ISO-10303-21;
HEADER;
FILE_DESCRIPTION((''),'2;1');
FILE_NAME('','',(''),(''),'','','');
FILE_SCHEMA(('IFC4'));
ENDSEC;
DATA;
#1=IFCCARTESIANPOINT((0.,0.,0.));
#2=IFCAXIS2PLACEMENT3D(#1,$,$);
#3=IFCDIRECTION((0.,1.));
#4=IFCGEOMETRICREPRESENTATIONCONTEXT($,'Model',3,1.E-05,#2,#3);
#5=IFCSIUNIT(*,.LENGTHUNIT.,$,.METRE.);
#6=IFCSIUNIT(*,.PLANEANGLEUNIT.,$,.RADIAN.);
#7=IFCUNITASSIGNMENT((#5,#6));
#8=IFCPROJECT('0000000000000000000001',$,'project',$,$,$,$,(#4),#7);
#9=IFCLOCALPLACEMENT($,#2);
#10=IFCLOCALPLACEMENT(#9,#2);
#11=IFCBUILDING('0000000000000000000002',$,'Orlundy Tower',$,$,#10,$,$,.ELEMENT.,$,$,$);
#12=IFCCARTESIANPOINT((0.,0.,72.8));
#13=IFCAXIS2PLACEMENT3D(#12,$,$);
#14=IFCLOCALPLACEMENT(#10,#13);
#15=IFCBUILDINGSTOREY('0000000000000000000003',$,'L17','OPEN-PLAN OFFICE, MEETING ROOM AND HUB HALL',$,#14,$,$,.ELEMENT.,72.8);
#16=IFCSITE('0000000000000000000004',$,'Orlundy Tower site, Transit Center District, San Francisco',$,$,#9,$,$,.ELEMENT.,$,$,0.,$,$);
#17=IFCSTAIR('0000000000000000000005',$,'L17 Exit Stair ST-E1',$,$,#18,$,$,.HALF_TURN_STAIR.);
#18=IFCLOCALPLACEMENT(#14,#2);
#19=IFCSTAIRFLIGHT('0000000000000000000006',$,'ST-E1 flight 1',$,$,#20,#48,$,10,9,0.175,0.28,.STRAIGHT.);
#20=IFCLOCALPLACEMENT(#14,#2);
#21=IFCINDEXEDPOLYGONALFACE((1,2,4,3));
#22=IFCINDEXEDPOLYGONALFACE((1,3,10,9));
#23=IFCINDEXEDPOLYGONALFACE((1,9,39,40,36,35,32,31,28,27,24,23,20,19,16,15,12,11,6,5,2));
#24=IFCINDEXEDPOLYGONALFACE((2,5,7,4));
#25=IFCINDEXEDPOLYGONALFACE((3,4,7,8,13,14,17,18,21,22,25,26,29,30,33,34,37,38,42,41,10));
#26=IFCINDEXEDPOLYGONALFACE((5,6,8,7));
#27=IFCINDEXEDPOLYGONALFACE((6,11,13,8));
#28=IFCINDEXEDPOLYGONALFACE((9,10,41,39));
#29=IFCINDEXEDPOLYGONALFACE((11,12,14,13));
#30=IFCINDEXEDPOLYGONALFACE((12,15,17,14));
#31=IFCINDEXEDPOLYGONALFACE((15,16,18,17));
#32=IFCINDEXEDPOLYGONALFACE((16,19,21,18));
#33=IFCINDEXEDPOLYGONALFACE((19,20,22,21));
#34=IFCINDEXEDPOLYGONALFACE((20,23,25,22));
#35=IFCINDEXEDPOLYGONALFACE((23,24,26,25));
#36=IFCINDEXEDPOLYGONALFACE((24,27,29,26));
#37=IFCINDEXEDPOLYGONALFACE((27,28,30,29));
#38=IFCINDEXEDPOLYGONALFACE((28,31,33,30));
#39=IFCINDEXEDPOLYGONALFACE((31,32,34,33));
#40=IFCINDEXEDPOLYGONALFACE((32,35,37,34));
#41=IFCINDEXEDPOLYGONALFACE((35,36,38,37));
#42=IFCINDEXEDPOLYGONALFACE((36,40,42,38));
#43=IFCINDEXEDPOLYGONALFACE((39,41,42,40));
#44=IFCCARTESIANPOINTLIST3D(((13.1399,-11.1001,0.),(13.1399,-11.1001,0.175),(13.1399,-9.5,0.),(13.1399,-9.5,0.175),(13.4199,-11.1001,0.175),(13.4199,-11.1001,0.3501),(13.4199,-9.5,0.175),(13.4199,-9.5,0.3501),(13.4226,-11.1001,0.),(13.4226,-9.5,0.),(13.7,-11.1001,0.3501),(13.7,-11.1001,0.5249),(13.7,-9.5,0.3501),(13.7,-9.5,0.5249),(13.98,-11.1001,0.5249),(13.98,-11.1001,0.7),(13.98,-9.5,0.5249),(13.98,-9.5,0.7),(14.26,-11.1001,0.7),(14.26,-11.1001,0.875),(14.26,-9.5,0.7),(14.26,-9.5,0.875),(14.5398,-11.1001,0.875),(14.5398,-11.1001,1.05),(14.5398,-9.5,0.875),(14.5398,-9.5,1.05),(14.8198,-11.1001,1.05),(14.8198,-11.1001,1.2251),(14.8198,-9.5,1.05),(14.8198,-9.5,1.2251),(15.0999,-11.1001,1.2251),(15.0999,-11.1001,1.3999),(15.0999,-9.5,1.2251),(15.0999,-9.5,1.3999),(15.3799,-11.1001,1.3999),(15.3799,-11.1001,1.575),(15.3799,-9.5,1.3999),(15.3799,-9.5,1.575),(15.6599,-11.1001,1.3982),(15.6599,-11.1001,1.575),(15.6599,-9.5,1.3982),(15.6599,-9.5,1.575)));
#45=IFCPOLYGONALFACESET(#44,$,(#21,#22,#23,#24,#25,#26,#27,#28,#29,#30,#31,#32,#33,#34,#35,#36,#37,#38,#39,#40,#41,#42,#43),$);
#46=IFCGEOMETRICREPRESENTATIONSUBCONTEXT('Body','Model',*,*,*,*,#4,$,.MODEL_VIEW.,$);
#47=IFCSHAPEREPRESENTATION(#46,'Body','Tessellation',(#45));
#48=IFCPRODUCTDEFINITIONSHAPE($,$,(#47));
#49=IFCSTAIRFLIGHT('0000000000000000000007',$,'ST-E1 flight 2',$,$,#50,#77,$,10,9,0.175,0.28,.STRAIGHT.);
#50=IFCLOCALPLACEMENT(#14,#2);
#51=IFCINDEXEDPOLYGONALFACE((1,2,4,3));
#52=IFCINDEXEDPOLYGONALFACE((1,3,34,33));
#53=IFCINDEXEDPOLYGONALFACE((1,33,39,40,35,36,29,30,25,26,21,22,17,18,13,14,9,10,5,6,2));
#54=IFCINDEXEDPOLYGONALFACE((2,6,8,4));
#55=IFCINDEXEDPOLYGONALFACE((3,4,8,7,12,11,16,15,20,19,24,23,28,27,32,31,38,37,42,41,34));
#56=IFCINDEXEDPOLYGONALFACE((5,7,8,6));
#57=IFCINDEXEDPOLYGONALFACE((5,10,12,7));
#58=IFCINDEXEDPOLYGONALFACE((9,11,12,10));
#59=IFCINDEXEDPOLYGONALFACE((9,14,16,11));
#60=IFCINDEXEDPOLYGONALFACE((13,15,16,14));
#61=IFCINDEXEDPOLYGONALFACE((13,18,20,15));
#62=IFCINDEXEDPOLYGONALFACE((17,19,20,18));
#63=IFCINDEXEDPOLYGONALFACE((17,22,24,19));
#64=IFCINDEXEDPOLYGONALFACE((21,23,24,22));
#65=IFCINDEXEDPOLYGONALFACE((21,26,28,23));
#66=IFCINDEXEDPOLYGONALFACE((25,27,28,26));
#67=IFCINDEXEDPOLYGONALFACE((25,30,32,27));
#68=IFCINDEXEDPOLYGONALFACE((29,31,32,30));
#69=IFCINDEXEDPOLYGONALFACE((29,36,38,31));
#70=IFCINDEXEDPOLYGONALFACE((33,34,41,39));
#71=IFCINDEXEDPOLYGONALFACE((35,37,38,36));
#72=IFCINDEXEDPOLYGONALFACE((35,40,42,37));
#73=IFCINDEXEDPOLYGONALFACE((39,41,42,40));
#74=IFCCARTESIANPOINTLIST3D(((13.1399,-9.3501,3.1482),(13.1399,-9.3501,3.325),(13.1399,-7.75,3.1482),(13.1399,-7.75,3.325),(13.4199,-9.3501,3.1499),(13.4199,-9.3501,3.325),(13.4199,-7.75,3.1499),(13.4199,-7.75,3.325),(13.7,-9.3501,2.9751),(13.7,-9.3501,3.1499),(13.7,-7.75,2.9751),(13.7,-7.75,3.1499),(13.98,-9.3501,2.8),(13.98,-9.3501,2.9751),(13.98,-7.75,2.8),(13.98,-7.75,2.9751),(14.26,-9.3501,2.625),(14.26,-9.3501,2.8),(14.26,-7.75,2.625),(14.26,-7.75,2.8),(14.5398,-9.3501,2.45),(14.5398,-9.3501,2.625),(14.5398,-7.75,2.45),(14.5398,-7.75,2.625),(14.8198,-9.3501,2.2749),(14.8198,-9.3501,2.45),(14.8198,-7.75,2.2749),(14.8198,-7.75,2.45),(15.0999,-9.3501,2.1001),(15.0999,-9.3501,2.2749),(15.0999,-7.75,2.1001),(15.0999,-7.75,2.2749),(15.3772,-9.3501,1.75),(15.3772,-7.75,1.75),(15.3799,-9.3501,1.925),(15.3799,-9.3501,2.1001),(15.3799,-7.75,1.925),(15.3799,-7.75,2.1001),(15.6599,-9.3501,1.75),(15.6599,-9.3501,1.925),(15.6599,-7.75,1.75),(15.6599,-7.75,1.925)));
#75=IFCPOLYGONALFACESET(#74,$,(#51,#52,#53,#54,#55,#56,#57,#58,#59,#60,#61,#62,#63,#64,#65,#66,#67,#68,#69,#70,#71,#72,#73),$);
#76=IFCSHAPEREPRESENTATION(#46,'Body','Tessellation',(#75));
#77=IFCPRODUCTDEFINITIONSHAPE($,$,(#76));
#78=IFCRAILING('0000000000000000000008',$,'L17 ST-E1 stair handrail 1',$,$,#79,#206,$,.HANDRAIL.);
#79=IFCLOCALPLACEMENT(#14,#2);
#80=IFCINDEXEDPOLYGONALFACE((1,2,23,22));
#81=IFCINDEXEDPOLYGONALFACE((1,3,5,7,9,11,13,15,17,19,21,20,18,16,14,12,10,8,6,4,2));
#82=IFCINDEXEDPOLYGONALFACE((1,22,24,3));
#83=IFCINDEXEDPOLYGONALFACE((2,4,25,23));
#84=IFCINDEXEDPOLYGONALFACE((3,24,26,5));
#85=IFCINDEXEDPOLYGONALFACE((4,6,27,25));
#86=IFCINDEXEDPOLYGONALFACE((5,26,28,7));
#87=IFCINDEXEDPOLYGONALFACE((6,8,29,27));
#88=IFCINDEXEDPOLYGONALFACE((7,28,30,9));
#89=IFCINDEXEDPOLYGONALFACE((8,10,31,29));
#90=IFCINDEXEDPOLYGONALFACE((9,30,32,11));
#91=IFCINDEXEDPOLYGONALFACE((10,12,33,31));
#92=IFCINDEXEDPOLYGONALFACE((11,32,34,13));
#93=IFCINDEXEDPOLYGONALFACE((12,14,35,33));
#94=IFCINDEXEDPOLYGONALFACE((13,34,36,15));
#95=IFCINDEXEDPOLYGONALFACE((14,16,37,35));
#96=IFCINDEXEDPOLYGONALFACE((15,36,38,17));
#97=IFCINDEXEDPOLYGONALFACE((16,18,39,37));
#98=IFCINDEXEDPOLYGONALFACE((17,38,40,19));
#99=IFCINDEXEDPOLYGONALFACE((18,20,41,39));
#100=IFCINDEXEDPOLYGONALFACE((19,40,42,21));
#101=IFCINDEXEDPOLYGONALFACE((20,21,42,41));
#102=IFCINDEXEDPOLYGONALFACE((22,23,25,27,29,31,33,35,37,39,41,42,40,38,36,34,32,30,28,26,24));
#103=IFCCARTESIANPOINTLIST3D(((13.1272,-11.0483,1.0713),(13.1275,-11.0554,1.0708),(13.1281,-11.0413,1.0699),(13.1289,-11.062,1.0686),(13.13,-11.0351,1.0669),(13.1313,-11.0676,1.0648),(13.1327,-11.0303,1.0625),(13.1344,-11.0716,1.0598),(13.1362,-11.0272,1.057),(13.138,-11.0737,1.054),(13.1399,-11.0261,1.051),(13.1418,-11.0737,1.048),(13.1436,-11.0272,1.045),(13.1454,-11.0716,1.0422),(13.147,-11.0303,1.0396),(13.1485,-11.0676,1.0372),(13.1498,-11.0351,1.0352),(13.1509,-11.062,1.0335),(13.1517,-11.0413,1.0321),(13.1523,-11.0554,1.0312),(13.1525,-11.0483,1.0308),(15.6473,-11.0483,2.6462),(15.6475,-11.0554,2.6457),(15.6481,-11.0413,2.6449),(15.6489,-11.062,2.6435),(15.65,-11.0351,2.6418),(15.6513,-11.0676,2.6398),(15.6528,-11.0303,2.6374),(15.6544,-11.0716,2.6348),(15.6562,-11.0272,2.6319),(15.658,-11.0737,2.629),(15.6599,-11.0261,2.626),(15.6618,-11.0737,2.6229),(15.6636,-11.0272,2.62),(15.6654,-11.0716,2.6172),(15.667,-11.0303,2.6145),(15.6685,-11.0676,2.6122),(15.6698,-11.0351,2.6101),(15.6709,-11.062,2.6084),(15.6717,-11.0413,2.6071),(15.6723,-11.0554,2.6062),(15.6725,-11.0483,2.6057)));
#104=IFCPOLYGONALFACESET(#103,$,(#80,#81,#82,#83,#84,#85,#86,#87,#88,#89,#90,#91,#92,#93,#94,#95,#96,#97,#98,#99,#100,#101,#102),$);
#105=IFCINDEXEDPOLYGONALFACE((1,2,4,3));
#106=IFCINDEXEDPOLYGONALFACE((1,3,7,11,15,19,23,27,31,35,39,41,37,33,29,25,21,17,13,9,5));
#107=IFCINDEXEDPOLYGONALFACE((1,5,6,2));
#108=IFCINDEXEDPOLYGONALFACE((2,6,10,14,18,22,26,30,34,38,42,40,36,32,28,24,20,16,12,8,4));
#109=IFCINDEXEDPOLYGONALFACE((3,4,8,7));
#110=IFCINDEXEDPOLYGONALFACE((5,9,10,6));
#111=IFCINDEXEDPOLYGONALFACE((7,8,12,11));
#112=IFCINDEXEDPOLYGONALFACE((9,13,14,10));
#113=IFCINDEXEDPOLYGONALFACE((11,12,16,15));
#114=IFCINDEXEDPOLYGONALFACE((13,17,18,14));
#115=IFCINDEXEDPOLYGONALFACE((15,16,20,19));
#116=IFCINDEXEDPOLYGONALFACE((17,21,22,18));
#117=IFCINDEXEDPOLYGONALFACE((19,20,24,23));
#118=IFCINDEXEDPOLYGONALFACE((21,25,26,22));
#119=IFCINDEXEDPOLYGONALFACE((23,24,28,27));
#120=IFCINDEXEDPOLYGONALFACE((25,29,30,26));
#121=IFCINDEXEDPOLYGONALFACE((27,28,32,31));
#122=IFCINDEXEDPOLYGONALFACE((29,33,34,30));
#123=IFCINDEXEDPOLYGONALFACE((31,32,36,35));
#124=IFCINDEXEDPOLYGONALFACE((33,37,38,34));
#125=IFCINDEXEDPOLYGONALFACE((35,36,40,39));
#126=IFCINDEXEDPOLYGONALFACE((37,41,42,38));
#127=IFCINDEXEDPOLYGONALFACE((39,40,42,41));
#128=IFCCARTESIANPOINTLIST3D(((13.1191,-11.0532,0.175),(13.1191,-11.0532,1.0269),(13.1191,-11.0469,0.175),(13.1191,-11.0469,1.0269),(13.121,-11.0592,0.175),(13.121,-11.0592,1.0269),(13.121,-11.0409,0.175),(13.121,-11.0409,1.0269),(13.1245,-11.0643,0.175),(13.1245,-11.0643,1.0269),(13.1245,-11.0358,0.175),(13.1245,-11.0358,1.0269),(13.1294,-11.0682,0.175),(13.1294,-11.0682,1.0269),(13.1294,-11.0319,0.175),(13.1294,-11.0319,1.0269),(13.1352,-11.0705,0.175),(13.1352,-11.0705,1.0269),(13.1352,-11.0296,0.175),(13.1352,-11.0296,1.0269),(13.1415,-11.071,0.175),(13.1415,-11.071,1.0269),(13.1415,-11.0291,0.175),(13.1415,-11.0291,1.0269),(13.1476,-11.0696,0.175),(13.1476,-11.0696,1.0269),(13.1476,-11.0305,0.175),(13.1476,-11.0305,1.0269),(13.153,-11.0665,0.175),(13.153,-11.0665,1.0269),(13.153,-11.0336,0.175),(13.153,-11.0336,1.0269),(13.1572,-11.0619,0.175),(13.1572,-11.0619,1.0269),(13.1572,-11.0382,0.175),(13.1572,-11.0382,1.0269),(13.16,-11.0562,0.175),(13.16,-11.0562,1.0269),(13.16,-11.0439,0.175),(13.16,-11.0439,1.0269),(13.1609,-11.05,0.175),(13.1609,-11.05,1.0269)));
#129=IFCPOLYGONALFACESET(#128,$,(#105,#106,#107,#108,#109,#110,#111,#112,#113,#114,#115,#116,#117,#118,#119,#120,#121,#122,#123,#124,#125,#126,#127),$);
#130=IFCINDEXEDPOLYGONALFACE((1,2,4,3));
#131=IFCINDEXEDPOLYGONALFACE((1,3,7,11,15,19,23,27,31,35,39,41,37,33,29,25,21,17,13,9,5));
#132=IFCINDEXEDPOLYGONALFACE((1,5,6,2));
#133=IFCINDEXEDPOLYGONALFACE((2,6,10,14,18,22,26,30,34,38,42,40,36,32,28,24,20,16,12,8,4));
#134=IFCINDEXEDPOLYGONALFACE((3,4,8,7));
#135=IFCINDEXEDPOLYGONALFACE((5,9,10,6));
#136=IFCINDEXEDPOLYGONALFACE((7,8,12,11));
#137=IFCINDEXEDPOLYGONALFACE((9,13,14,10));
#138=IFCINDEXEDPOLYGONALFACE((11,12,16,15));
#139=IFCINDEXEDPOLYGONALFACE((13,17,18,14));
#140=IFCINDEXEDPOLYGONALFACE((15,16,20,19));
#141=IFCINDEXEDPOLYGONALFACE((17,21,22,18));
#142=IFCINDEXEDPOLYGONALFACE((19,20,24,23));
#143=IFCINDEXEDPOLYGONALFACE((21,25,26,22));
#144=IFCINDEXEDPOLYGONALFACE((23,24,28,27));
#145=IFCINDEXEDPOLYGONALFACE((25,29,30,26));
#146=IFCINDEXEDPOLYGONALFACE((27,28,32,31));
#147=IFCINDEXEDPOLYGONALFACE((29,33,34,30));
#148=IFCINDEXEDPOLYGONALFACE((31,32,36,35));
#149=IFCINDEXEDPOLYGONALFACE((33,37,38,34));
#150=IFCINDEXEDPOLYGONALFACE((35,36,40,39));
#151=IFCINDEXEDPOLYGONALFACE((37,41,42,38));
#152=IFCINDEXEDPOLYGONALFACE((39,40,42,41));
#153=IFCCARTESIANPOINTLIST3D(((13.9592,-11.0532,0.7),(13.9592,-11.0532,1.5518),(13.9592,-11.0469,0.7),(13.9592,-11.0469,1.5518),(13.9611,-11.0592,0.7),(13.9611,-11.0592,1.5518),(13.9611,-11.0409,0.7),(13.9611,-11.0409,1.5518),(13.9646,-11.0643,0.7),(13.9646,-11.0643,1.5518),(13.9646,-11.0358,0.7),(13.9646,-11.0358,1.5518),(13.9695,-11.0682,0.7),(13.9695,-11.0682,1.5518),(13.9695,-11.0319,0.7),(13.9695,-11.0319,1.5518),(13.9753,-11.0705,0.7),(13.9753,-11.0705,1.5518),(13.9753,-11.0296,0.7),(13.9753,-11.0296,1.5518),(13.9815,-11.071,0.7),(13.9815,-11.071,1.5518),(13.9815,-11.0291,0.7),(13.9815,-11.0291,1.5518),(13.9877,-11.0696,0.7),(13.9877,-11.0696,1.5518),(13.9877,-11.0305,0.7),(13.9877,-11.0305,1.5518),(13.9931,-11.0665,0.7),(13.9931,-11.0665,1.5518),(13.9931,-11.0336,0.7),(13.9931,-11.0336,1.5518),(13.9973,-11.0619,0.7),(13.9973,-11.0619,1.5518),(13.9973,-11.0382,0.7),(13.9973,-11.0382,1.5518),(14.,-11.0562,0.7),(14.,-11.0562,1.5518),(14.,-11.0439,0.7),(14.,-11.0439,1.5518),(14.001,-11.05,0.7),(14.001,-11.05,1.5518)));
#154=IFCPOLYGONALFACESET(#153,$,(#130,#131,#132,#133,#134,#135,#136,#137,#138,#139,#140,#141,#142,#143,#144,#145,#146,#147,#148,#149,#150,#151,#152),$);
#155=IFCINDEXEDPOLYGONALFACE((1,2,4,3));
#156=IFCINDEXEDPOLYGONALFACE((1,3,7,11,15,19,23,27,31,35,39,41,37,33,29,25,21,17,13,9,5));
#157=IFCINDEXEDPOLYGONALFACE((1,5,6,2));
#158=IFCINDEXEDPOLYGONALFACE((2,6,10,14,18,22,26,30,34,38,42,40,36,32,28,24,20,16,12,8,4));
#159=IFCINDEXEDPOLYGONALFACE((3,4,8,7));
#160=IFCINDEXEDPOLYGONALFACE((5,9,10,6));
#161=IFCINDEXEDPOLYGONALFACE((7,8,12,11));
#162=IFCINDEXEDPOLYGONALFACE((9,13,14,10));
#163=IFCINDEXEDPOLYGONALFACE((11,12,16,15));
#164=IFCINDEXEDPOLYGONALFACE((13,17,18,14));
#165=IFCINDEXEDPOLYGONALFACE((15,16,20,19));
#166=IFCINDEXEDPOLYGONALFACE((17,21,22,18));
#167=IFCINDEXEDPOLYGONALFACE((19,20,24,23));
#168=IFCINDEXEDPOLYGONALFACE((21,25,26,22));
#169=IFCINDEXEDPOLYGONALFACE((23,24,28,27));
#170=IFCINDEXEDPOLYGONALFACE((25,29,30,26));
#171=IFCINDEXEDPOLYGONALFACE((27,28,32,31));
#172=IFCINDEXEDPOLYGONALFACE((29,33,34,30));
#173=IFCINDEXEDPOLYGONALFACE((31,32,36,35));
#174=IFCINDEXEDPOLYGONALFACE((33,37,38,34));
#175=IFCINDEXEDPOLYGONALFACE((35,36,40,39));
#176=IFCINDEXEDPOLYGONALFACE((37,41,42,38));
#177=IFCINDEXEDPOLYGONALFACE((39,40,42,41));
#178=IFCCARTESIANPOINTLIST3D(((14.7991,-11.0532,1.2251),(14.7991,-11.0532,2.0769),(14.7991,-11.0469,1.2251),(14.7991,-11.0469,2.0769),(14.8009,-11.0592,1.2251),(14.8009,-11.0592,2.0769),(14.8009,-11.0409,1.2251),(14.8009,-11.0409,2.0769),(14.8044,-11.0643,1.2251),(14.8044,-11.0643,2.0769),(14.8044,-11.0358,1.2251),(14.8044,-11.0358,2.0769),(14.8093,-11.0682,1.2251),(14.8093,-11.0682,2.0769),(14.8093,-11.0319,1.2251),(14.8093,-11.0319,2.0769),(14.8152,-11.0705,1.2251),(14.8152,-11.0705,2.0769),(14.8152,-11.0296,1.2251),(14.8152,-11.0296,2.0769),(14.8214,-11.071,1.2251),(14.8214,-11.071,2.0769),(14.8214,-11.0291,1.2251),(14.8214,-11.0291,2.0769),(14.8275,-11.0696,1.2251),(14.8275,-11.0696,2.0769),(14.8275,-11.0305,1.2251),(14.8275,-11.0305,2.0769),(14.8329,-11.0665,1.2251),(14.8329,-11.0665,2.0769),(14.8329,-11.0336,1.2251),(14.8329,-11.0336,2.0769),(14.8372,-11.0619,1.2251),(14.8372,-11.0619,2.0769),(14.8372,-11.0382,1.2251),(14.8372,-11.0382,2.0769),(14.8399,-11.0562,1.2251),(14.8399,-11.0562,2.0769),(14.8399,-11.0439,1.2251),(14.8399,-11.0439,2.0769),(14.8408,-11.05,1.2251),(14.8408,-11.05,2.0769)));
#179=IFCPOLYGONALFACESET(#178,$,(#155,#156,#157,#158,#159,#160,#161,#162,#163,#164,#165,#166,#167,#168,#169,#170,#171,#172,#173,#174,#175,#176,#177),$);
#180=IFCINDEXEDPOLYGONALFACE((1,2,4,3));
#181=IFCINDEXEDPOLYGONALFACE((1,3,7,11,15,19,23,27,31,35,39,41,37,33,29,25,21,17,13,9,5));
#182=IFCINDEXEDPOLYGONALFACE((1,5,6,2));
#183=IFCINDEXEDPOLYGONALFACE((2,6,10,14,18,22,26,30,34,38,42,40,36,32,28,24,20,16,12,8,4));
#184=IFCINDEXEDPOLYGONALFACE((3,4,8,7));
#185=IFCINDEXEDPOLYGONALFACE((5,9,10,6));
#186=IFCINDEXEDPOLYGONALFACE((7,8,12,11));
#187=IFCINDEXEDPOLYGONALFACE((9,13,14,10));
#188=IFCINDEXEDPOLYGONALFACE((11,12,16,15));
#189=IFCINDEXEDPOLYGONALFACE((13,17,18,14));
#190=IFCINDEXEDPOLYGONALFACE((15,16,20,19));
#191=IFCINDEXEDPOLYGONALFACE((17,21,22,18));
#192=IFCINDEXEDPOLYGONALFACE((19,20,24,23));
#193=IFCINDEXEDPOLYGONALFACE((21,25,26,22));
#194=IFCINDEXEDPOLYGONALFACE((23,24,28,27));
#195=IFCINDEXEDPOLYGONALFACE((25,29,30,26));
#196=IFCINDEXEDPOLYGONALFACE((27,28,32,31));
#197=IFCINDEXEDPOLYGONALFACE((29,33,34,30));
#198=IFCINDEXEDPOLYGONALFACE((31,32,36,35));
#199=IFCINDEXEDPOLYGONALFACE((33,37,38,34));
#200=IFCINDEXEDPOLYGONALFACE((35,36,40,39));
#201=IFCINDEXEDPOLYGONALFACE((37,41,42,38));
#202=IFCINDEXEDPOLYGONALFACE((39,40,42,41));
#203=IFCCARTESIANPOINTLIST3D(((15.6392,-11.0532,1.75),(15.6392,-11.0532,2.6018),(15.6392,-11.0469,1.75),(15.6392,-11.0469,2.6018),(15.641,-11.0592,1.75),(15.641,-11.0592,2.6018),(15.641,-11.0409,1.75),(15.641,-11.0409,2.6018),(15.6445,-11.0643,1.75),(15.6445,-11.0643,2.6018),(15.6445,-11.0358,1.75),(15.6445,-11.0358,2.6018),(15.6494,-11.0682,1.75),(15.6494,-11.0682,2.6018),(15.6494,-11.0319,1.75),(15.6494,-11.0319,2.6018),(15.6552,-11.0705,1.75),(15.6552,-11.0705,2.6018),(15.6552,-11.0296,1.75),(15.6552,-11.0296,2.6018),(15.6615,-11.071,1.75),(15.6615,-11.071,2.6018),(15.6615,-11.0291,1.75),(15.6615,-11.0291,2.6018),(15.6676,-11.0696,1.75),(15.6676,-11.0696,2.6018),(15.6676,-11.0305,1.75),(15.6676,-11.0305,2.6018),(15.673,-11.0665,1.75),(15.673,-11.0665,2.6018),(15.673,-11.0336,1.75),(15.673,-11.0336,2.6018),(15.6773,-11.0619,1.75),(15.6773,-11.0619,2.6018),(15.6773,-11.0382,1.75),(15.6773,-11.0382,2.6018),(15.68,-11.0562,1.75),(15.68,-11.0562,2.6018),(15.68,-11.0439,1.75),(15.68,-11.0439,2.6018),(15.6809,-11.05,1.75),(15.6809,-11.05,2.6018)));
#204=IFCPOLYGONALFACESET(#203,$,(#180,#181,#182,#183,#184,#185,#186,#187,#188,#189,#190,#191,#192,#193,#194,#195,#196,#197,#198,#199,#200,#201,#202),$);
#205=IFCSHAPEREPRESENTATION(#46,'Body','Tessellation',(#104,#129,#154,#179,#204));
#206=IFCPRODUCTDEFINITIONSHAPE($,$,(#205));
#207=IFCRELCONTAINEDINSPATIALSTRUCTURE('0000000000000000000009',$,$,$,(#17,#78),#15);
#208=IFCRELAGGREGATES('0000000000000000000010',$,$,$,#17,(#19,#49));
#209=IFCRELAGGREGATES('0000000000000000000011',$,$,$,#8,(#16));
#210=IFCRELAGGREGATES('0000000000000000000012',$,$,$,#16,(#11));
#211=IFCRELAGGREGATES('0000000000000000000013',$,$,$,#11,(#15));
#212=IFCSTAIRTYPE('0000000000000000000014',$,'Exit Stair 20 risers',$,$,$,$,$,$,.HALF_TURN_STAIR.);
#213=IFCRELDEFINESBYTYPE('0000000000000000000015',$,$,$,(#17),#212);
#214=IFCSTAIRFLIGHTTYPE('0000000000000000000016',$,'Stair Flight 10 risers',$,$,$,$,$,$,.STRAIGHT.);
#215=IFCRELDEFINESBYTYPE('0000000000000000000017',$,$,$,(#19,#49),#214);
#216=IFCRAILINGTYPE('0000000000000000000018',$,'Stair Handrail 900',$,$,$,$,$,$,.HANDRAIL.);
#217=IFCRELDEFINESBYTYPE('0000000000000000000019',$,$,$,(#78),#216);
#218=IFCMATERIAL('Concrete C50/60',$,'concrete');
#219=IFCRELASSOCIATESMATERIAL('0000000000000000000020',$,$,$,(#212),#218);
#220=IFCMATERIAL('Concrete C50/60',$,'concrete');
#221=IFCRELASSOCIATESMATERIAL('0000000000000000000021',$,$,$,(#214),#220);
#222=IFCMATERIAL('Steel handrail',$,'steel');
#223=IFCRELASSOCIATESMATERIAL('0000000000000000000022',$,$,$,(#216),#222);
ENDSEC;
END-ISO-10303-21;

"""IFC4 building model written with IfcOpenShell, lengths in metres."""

from ifc_helpers import new_model, si_unit, direction, frame, origin, origin_2d, place, context, subcontext, project, spatial, polyline, circle, outline, extrude, material, type_object, element, aggregate, save


model = new_model("IFC4")

# Units and contexts
model_context = context("Model", 3, precision=1e-05, world=origin(), true_north=direction((0.0, 1.0)))
body_context = subcontext(model_context, "Body", "Model", "MODEL_VIEW")
ifc_project = project(units=[si_unit("LENGTHUNIT", "METRE"), si_unit("PLANEANGLEUNIT", "RADIAN")], contexts=[model_context])

# Site, building, storey
site_placement = place(None, origin())
site = spatial("IfcSite", under=ifc_project, at=site_placement, Name="Orlundy Tower site, Transit Center District, San Francisco", CompositionType="ELEMENT", RefElevation=0.0)
building_placement = place(site_placement, origin())
building = spatial("IfcBuilding", under=site, at=building_placement, Name="Orlundy Tower", CompositionType="ELEMENT")
storey_placement = place(building_placement, frame((0.0, 0.0, 72.8)))
storey = spatial("IfcBuildingStorey", under=building, at=storey_placement, Name="L17", Description="OPEN-PLAN OFFICE, MEETING ROOM AND HUB HALL", CompositionType="ELEMENT", Elevation=72.8)

# Stair
ifc_material_1 = material(Name="Concrete C50/60", Category="concrete")
stair_type = type_object("IfcStairType", Name="Exit Stair 20 risers", PredefinedType="HALF_TURN_STAIR", material=ifc_material_1)
stair_1_placement = place(storey_placement, origin())
stair_1 = element("IfcStair", 1, at=stair_1_placement, inside=storey, type_object=stair_type, Name="L17 Exit Stair ST-E1", PredefinedType="HALF_TURN_STAIR")

# Stair flights
ifc_material_2 = material(Name="Concrete C50/60", Category="concrete")
stair_flight_type = type_object("IfcStairFlightType", Name="Stair Flight 10 risers", PredefinedType="STRAIGHT", material=ifc_material_2)
stair_flight_1_placement = place(storey_placement, frame((13.1399, -10.3, 0.0), z_axis=(0.0, 0.0, 1.0), x_axis=(1.0, 0.0, 0.0)))
stair_flight_1 = element("IfcStairFlight", 2, at=stair_flight_1_placement, type_object=stair_flight_type, Name="ST-E1 flight 1", NumberOfRisers=10, NumberOfTreads=9, PredefinedType="STRAIGHT", RiserHeight=0.175, TreadLength=0.28, context=body_context, shape_type="SweptSolid", body=[
    extrude(outline(polyline([(0.0, 0.0), (0.0, 0.175), (0.28, 0.175), (0.28, 0.3501), (0.5601, 0.3501), (0.5601, 0.5249), (0.8401, 0.5249), (0.8401, 0.7), (1.1201, 0.7), (1.1201, 0.875), (1.3999, 0.875), (1.3999, 1.05), (1.6799, 1.05), (1.6799, 1.2251), (1.96, 1.2251), (1.96, 1.3999), (2.24, 1.3999), (2.24, 1.575), (2.52, 1.575), (2.52, 1.75), (2.52, 1.3982), (0.2827, 0.0), (0.0, 0.0)])), frame((0.0, 0.8, 0.0), z_axis=(0.0, -1.0, 0.0), x_axis=(1.0, 0.0, 0.0)), (0.0, 0.0, 1.0), 1.6001),
])
stair_flight_2_placement = place(storey_placement, frame((15.6599, -8.55, 1.75), z_axis=(0.0, 0.0, 1.0), x_axis=(-1.0, 0.0, 0.0)))
stair_flight_2 = element("IfcStairFlight", 3, at=stair_flight_2_placement, type_object=stair_flight_type, Name="ST-E1 flight 2", NumberOfRisers=10, NumberOfTreads=9, PredefinedType="STRAIGHT", RiserHeight=0.175, TreadLength=0.28, context=body_context, shape_type="SweptSolid", body=[
    extrude(outline(polyline([(0.0, 0.0), (0.0, 0.175), (0.28, 0.175), (0.28, 0.3501), (0.5601, 0.3501), (0.5601, 0.5249), (0.8401, 0.5249), (0.8401, 0.7), (1.1201, 0.7), (1.1201, 0.875), (1.3999, 0.875), (1.3999, 1.05), (1.6799, 1.05), (1.6799, 1.2251), (1.96, 1.2251), (1.96, 1.3999), (2.24, 1.3999), (2.24, 1.575), (2.52, 1.575), (2.52, 1.75), (2.52, 1.3982), (0.2827, 0.0), (0.0, 0.0)])), frame((0.0, 0.8, 0.0), z_axis=(0.0, -1.0, 0.0), x_axis=(1.0, 0.0, 0.0)), (0.0, 0.0, 1.0), 1.6001),
])
aggregate(stair_1, [stair_flight_1, stair_flight_2])

# Railing
ifc_material_3 = material(Name="Steel handrail", Category="steel")
railing_type_1 = type_object("IfcRailingType", Name="Stair Handrail 900", PredefinedType="HANDRAIL", material=ifc_material_3)
railing_1_placement = place(storey_placement, frame((13.1399, -11.05, 0.175)))
element("IfcRailing", 4, at=railing_1_placement, inside=storey, type_object=railing_type_1, Name="L17 ST-E1 stair handrail 1", PredefinedType="HANDRAIL", context=body_context, shape_type="SweptSolid", body=[
    extrude(circle(Radius=0.0239, at=origin_2d()), frame((0.0, 0.0, 0.876), z_axis=(0.848008, 0.0, 0.529984), x_axis=(0.0, 1.0, 0.0)), (0.0, 0.0, 1.0), 2.9717),
    extrude(circle(Radius=0.021, at=origin_2d()), origin(), (0.0, 0.0, 1.0), 0.8518),
    extrude(circle(Radius=0.021, at=origin_2d()), frame((0.8401, 0.0, 0.5249)), (0.0, 0.0, 1.0), 0.8518),
    extrude(circle(Radius=0.021, at=origin_2d()), frame((1.6799, 0.0, 1.05)), (0.0, 0.0, 1.0), 0.8518),
    extrude(circle(Radius=0.021, at=origin_2d()), frame((2.52, 0.0, 1.575)), (0.0, 0.0, 1.0), 0.8518),
])

save(model, "model.ifc")
